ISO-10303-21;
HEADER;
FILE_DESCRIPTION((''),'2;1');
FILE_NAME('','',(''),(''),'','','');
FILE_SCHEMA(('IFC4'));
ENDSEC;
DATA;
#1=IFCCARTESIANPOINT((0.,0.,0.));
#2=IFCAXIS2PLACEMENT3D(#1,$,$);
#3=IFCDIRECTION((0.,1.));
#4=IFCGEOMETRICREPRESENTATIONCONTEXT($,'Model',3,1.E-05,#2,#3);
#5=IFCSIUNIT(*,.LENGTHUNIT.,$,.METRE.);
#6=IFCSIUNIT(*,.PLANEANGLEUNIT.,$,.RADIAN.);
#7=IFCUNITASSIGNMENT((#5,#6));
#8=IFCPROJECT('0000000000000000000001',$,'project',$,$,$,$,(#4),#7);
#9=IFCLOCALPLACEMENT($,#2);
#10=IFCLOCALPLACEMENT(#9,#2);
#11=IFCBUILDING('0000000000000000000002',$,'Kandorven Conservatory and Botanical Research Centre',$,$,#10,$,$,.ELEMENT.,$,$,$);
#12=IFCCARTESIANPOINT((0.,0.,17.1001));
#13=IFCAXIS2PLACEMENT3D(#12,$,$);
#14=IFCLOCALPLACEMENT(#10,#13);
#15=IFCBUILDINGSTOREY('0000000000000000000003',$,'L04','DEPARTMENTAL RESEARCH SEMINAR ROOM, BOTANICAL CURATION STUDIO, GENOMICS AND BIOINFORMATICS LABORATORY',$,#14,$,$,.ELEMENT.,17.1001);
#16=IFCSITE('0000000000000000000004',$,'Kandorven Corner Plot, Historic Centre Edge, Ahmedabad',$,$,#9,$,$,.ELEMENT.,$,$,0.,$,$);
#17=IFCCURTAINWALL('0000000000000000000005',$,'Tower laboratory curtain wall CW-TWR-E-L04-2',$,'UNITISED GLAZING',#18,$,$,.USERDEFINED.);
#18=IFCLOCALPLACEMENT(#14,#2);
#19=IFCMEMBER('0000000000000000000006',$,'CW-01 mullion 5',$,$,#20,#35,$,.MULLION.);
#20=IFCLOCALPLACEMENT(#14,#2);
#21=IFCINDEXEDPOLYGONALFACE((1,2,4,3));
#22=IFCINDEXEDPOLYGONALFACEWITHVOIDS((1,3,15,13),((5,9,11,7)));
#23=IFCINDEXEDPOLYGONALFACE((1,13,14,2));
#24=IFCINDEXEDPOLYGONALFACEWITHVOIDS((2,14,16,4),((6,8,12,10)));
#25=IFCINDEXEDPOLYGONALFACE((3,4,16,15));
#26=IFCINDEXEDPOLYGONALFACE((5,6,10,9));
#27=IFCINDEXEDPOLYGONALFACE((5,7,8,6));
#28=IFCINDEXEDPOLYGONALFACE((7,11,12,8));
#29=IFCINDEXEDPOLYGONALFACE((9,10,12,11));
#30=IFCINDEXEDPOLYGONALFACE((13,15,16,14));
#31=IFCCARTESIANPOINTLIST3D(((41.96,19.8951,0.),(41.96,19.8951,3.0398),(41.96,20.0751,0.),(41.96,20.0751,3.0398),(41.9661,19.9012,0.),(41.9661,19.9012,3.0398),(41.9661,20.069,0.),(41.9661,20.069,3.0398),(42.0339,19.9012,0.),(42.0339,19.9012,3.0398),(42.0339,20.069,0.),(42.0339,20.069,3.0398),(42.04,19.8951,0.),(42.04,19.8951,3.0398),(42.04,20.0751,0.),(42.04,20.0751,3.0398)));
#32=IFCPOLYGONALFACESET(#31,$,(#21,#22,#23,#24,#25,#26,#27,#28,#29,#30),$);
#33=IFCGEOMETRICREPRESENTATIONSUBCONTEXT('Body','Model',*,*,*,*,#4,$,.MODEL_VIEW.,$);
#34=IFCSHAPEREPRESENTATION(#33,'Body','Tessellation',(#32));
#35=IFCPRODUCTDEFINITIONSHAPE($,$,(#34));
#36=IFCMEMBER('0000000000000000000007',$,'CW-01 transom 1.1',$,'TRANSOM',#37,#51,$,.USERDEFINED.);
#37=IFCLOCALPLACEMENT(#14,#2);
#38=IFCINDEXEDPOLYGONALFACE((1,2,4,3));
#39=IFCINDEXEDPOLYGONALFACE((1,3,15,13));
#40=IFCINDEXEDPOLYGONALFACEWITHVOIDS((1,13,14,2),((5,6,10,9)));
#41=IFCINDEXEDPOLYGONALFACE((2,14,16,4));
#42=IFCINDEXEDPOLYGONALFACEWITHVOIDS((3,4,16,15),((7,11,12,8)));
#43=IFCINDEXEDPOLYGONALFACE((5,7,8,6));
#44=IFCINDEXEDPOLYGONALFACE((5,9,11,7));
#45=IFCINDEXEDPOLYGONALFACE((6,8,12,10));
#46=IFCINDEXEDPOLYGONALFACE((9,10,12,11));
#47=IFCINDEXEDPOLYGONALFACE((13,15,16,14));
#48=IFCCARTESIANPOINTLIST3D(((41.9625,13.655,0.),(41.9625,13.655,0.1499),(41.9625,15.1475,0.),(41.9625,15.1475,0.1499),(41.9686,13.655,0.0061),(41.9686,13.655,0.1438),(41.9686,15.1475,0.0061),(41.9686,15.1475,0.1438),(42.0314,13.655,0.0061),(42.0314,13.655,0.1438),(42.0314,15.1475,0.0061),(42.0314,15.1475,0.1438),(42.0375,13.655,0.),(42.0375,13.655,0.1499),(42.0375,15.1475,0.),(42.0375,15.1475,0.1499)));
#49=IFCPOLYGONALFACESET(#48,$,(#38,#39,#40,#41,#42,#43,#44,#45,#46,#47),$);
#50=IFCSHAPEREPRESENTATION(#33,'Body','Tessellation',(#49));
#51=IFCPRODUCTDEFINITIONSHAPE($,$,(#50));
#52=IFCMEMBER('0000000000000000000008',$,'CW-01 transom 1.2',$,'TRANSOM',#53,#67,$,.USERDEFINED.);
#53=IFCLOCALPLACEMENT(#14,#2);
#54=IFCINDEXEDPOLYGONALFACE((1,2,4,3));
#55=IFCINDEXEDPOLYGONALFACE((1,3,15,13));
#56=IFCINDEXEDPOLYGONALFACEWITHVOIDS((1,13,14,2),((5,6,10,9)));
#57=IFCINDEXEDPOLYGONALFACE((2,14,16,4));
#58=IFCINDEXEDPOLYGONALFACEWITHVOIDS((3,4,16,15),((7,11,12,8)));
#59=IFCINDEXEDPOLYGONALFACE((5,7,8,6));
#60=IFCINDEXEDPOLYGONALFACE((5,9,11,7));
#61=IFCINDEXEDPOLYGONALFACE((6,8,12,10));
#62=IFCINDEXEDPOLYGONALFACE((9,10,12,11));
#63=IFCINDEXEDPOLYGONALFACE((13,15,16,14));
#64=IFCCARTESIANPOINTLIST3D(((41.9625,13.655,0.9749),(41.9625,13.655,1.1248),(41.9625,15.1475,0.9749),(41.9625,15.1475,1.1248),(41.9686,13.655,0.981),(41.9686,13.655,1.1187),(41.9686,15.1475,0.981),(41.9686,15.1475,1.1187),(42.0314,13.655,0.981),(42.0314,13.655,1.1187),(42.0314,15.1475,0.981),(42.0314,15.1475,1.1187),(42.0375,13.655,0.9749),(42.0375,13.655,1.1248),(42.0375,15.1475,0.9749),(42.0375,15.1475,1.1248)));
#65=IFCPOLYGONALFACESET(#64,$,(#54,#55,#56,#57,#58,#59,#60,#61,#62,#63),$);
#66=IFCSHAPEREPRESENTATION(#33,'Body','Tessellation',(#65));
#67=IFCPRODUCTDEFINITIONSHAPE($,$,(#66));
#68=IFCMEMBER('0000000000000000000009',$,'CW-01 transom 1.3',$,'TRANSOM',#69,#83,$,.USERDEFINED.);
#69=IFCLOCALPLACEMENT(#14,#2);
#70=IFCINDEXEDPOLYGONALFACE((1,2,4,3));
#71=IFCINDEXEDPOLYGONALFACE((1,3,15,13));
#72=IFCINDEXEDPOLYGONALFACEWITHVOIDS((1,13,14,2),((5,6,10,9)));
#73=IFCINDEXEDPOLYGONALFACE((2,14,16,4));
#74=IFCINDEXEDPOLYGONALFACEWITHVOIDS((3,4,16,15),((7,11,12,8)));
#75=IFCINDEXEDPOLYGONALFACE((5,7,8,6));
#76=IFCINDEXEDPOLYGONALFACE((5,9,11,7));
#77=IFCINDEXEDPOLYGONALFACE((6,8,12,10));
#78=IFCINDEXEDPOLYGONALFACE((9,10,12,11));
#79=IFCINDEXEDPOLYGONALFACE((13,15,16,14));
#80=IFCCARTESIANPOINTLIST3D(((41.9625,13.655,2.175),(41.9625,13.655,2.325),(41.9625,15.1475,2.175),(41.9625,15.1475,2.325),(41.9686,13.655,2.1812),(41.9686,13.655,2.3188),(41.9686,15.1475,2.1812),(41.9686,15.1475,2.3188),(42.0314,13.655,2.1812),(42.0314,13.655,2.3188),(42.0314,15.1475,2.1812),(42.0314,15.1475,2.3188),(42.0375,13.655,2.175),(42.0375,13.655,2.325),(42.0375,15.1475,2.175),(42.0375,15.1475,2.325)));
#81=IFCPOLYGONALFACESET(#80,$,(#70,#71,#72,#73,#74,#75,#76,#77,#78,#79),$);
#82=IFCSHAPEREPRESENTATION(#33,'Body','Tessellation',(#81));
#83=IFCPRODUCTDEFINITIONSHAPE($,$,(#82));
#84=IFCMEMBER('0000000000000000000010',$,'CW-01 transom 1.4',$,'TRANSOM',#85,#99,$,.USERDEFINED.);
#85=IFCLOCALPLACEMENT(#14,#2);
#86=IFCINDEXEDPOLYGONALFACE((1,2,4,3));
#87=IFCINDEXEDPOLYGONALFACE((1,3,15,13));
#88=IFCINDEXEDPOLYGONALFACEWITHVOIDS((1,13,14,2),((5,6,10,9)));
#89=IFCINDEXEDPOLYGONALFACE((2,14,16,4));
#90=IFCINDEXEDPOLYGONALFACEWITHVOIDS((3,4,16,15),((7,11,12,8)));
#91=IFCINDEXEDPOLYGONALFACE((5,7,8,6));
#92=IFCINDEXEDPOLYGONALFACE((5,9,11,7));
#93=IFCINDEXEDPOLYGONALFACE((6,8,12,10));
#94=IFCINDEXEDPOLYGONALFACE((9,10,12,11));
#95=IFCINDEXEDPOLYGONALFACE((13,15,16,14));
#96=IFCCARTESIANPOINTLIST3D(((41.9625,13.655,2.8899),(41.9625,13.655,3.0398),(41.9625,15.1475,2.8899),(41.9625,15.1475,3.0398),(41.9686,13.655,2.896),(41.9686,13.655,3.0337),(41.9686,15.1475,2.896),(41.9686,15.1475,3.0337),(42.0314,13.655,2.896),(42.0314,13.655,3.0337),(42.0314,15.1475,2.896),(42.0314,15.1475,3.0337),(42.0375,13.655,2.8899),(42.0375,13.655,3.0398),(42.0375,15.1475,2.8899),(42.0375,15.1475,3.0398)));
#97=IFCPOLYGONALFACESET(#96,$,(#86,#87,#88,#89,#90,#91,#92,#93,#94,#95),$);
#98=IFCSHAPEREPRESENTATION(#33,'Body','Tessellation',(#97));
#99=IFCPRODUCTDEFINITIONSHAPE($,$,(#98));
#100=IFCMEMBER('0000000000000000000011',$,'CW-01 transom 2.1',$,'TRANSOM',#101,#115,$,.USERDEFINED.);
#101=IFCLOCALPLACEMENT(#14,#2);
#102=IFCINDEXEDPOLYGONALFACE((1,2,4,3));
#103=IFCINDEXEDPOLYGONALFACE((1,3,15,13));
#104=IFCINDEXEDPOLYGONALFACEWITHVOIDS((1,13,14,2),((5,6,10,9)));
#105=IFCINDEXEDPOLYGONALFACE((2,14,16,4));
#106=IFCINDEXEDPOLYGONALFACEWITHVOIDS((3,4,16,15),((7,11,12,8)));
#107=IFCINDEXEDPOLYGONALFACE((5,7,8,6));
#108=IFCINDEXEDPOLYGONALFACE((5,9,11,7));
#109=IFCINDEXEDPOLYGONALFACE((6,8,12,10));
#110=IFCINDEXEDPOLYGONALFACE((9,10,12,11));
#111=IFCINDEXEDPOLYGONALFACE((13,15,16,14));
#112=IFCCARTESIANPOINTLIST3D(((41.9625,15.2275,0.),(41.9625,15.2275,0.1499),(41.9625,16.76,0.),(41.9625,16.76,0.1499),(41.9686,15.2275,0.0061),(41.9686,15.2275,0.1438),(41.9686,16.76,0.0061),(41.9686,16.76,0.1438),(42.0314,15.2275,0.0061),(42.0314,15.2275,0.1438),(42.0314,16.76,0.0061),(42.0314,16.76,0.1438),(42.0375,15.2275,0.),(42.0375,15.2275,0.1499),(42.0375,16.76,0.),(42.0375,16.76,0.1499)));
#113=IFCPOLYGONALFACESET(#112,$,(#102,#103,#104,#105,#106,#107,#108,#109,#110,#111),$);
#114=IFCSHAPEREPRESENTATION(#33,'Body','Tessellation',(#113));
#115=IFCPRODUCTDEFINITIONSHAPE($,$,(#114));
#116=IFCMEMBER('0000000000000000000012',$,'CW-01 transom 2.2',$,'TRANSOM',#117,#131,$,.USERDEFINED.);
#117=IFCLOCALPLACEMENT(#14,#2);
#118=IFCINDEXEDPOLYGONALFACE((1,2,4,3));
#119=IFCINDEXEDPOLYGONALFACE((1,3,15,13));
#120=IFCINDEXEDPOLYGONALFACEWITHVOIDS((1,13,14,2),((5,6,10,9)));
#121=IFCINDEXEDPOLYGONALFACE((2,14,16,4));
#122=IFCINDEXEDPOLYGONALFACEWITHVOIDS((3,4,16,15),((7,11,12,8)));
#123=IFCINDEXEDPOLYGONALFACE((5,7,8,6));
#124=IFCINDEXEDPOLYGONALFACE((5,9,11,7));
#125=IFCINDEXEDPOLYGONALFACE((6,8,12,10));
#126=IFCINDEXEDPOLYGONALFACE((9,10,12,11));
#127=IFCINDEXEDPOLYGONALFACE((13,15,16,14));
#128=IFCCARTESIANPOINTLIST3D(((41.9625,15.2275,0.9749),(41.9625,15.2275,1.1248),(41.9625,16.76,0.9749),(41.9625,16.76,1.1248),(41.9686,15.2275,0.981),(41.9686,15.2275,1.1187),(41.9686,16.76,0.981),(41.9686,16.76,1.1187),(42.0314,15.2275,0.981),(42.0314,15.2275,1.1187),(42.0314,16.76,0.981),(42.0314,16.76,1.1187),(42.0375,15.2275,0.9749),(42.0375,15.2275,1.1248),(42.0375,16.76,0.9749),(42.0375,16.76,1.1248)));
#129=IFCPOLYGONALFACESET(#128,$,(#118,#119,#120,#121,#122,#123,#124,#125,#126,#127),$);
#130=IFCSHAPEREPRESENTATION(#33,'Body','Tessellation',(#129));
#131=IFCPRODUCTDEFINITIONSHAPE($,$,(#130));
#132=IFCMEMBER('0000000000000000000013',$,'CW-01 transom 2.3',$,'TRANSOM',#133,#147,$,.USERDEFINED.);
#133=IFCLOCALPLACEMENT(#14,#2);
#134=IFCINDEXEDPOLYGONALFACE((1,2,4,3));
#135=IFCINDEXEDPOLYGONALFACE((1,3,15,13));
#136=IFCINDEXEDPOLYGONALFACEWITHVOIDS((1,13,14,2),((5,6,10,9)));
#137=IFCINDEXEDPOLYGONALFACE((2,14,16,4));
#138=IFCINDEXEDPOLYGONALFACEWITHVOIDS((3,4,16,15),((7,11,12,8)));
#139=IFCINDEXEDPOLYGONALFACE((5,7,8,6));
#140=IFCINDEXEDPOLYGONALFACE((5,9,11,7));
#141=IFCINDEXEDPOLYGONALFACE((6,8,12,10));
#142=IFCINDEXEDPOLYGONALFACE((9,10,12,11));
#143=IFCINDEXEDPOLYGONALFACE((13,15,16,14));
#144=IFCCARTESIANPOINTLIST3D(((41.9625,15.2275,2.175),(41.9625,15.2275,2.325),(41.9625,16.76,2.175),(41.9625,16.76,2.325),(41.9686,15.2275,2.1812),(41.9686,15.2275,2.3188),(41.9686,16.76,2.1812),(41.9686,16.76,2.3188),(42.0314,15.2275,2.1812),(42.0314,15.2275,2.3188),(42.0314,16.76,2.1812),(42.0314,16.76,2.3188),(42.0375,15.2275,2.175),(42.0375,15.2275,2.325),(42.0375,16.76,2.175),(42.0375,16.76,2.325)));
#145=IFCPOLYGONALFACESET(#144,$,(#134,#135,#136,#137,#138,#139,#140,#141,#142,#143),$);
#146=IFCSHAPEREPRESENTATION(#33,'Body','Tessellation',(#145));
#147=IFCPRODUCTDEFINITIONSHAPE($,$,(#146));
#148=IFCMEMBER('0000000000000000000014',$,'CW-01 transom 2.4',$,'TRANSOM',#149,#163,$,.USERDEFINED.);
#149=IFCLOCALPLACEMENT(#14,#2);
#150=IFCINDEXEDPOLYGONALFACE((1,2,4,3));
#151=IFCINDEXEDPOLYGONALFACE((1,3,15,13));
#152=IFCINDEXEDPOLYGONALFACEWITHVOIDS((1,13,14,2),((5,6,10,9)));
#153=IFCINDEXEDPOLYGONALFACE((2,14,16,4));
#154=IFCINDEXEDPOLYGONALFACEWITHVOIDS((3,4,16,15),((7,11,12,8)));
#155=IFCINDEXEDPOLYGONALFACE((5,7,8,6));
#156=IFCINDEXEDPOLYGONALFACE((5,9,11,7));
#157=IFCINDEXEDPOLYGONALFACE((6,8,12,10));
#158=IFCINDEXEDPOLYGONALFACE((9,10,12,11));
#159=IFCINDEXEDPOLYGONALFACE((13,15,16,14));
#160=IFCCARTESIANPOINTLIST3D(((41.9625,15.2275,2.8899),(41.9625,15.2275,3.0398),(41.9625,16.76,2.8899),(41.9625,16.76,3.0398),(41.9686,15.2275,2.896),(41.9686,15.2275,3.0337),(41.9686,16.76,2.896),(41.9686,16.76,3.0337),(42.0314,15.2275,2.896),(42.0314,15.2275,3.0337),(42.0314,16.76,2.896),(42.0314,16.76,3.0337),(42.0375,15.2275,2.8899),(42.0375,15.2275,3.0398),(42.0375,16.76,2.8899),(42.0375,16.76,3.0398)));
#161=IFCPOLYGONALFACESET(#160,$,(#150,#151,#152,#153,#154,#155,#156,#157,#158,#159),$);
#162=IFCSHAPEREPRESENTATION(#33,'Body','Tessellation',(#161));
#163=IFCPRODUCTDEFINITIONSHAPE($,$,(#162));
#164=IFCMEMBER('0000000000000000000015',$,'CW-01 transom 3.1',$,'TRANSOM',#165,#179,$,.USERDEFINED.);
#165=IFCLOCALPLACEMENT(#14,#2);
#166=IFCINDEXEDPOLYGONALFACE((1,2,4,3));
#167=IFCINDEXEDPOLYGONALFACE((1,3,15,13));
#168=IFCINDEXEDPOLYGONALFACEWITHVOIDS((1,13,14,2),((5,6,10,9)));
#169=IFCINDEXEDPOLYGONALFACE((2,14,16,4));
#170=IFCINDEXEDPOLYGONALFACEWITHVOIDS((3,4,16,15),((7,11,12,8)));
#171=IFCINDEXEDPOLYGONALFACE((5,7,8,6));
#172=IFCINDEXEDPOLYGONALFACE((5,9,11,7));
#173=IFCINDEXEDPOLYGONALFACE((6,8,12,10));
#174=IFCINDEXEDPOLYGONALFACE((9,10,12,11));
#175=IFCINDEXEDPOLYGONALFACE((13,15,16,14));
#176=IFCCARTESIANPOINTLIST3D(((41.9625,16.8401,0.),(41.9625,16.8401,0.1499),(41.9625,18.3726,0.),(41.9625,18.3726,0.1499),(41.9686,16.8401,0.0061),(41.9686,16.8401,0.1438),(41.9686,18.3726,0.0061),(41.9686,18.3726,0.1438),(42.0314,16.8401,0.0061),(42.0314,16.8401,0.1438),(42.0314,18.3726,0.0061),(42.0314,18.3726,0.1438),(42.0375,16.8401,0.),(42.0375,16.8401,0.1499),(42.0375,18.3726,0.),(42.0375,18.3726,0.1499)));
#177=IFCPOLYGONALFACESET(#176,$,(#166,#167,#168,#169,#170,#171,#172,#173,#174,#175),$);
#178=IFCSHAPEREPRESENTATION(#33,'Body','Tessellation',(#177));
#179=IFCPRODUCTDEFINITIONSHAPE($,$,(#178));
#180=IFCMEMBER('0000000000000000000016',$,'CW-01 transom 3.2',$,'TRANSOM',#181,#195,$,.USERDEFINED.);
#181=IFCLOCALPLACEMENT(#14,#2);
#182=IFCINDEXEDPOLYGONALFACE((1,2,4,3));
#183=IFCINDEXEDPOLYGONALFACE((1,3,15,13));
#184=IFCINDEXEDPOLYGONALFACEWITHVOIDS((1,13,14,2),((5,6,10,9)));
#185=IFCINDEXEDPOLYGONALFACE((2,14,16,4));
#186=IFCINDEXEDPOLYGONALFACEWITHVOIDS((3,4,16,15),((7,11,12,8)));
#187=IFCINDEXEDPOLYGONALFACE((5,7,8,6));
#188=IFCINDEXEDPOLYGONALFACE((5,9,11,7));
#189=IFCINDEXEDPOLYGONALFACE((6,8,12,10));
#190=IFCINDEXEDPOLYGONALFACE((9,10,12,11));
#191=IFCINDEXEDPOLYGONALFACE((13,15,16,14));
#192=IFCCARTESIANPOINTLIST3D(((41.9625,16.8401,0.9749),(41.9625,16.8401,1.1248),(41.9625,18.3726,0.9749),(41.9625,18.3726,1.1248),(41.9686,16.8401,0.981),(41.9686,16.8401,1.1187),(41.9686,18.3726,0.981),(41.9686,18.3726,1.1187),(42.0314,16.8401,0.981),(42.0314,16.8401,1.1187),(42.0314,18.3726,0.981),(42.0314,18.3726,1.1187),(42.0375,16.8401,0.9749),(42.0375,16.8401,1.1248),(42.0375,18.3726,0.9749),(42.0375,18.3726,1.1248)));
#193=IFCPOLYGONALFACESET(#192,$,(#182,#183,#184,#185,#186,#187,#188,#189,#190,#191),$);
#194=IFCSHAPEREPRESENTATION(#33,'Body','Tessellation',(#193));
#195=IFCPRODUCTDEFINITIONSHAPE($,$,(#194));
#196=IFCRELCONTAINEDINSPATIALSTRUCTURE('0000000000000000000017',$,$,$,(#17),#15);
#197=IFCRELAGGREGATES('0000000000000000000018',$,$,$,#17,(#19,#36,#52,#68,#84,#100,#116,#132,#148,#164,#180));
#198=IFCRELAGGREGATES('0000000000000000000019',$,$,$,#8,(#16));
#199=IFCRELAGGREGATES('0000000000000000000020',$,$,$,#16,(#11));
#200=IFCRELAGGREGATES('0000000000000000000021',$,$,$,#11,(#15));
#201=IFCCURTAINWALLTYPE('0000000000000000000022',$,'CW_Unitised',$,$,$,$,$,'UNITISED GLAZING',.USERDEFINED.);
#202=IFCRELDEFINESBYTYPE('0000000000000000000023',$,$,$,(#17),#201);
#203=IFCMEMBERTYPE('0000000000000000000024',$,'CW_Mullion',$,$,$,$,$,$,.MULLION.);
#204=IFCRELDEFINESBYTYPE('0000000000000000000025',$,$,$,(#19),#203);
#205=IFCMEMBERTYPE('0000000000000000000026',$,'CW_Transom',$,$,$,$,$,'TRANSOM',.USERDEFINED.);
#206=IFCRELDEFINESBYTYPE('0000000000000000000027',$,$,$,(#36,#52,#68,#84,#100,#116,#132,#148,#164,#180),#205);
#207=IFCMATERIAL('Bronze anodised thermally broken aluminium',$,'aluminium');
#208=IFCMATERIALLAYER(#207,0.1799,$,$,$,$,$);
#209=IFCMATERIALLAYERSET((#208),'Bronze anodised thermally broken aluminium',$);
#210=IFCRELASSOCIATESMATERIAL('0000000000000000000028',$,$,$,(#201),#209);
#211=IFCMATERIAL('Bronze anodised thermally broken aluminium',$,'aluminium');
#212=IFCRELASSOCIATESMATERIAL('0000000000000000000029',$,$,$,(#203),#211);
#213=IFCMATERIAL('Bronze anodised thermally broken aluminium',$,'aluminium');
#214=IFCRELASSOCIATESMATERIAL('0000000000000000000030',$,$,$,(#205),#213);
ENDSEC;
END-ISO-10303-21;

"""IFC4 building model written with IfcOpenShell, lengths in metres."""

from ifc_helpers import new_model, si_unit, direction, frame, origin, origin_2d, place, context, subcontext, project, spatial, hollow_rectangle, extrude, material, layer, layer_set, material_profile, profile_set, type_object, element, aggregate, save


model = new_model("IFC4")

# Units and contexts
model_context = context("Model", 3, precision=1e-05, world=origin(), true_north=direction((0.0, 1.0)))
body_context = subcontext(model_context, "Body", "Model", "MODEL_VIEW")
ifc_project = project(units=[si_unit("LENGTHUNIT", "METRE"), si_unit("PLANEANGLEUNIT", "RADIAN")], contexts=[model_context])

# Site, building, storey
site_placement = place(None, origin())
site = spatial("IfcSite", under=ifc_project, at=site_placement, Name="Kandorven Corner Plot, Historic Centre Edge, Ahmedabad", CompositionType="ELEMENT", RefElevation=0.0)
building_placement = place(site_placement, origin())
building = spatial("IfcBuilding", under=site, at=building_placement, Name="Kandorven Conservatory and Botanical Research Centre", CompositionType="ELEMENT")
storey_placement = place(building_placement, frame((0.0, 0.0, 17.1001)))
storey = spatial("IfcBuildingStorey", under=building, at=storey_placement, Name="L04", Description="DEPARTMENTAL RESEARCH SEMINAR ROOM, BOTANICAL CURATION STUDIO, GENOMICS AND BIOINFORMATICS LABORATORY", CompositionType="ELEMENT", Elevation=17.1001)

# Curtain wall, members
ifc_material_1 = material(Name="Bronze anodised thermally broken aluminium", Category="aluminium")
ifc_layer_1 = layer(ifc_material_1, 0.1799)
ifc_layer_set_1 = layer_set([ifc_layer_1], Name="Bronze anodised thermally broken aluminium")
curtain_wall_type = type_object("IfcCurtainWallType", Name="CW_Unitised", ElementType="UNITISED GLAZING", PredefinedType="USERDEFINED", material=ifc_layer_set_1)
curtain_wall_placement = place(storey_placement, origin())
curtain_wall = element("IfcCurtainWall", 1, at=curtain_wall_placement, inside=storey, type_object=curtain_wall_type, Name="Tower laboratory curtain wall CW-TWR-E-L04-2", ObjectType="UNITISED GLAZING", PredefinedType="USERDEFINED")
ifc_material_2 = material(Name="Bronze anodised thermally broken aluminium", Category="aluminium")
ifc_material_profile_1 = material_profile(ifc_material_2, hollow_rectangle(XDim=0.0801, YDim=0.1799, WallThickness=0.0061, at=origin_2d()))
ifc_profile_set_1 = profile_set([ifc_material_profile_1], Name="Bronze anodised thermally broken aluminium")
member_type_1 = type_object("IfcMemberType", Name="CW_Mullion", PredefinedType="MULLION", material=ifc_profile_set_1)
member_1_placement = place(storey_placement, frame((42.0, 19.9851, 0.0), z_axis=(0.0, 0.0, 1.0), x_axis=(-1.0, 0.0, 0.0)))
member_1 = element("IfcMember", 2, at=member_1_placement, type_object=member_type_1, Name="CW-01 mullion 5", PredefinedType="MULLION", context=body_context, shape_type="SweptSolid", body=[
    extrude(hollow_rectangle(XDim=0.0801, YDim=0.1799, WallThickness=0.0061, at=origin_2d()), origin(), (0.0, 0.0, 1.0), 3.0398),
])
ifc_material_3 = material(Name="Bronze anodised thermally broken aluminium", Category="aluminium")
ifc_material_profile_2 = material_profile(ifc_material_3, hollow_rectangle(XDim=0.075, YDim=0.1499, WallThickness=0.0061, at=origin_2d()))
ifc_profile_set_2 = profile_set([ifc_material_profile_2], Name="Bronze anodised thermally broken aluminium")
member_type_2 = type_object("IfcMemberType", Name="CW_Transom", ElementType="TRANSOM", PredefinedType="USERDEFINED", material=ifc_profile_set_2)
member_2_placement = place(storey_placement, frame((42.0, 13.655, 0.075), z_axis=(0.0, 1.0, 0.0), x_axis=(-1.0, 0.0, 0.0)))
member_2 = element("IfcMember", 3, at=member_2_placement, type_object=member_type_2, Name="CW-01 transom 1.1", ObjectType="TRANSOM", PredefinedType="USERDEFINED", context=body_context, shape_type="SweptSolid", body=[
    extrude(hollow_rectangle(XDim=0.075, YDim=0.1499, WallThickness=0.0061, at=origin_2d()), origin(), (0.0, 0.0, 1.0), 1.4924),
])
member_3_placement = place(storey_placement, frame((42.0, 13.655, 1.0498), z_axis=(0.0, 1.0, 0.0), x_axis=(-1.0, 0.0, 0.0)))
member_3 = element("IfcMember", 4, at=member_3_placement, type_object=member_type_2, Name="CW-01 transom 1.2", ObjectType="TRANSOM", PredefinedType="USERDEFINED", context=body_context, shape_type="SweptSolid", body=[
    extrude(hollow_rectangle(XDim=0.075, YDim=0.1499, WallThickness=0.0061, at=origin_2d()), origin(), (0.0, 0.0, 1.0), 1.4924),
])
member_4_placement = place(storey_placement, frame((42.0, 13.655, 2.25), z_axis=(0.0, 1.0, 0.0), x_axis=(-1.0, 0.0, 0.0)))
member_4 = element("IfcMember", 5, at=member_4_placement, type_object=member_type_2, Name="CW-01 transom 1.3", ObjectType="TRANSOM", PredefinedType="USERDEFINED", context=body_context, shape_type="SweptSolid", body=[
    extrude(hollow_rectangle(XDim=0.075, YDim=0.1499, WallThickness=0.0061, at=origin_2d()), origin(), (0.0, 0.0, 1.0), 1.4924),
])
member_5_placement = place(storey_placement, frame((42.0, 13.655, 2.9648), z_axis=(0.0, 1.0, 0.0), x_axis=(-1.0, 0.0, 0.0)))
member_5 = element("IfcMember", 6, at=member_5_placement, type_object=member_type_2, Name="CW-01 transom 1.4", ObjectType="TRANSOM", PredefinedType="USERDEFINED", context=body_context, shape_type="SweptSolid", body=[
    extrude(hollow_rectangle(XDim=0.075, YDim=0.1499, WallThickness=0.0061, at=origin_2d()), origin(), (0.0, 0.0, 1.0), 1.4924),
])
member_6_placement = place(storey_placement, frame((42.0, 15.2275, 0.075), z_axis=(0.0, 1.0, 0.0), x_axis=(-1.0, 0.0, 0.0)))
member_6 = element("IfcMember", 7, at=member_6_placement, type_object=member_type_2, Name="CW-01 transom 2.1", ObjectType="TRANSOM", PredefinedType="USERDEFINED", context=body_context, shape_type="SweptSolid", body=[
    extrude(hollow_rectangle(XDim=0.075, YDim=0.1499, WallThickness=0.0061, at=origin_2d()), origin(), (0.0, 0.0, 1.0), 1.5325),
])
member_7_placement = place(storey_placement, frame((42.0, 15.2275, 1.0498), z_axis=(0.0, 1.0, 0.0), x_axis=(-1.0, 0.0, 0.0)))
member_7 = element("IfcMember", 8, at=member_7_placement, type_object=member_type_2, Name="CW-01 transom 2.2", ObjectType="TRANSOM", PredefinedType="USERDEFINED", context=body_context, shape_type="SweptSolid", body=[
    extrude(hollow_rectangle(XDim=0.075, YDim=0.1499, WallThickness=0.0061, at=origin_2d()), origin(), (0.0, 0.0, 1.0), 1.5325),
])
member_8_placement = place(storey_placement, frame((42.0, 15.2275, 2.25), z_axis=(0.0, 1.0, 0.0), x_axis=(-1.0, 0.0, 0.0)))
member_8 = element("IfcMember", 9, at=member_8_placement, type_object=member_type_2, Name="CW-01 transom 2.3", ObjectType="TRANSOM", PredefinedType="USERDEFINED", context=body_context, shape_type="SweptSolid", body=[
    extrude(hollow_rectangle(XDim=0.075, YDim=0.1499, WallThickness=0.0061, at=origin_2d()), origin(), (0.0, 0.0, 1.0), 1.5325),
])
member_9_placement = place(storey_placement, frame((42.0, 15.2275, 2.9648), z_axis=(0.0, 1.0, 0.0), x_axis=(-1.0, 0.0, 0.0)))
member_9 = element("IfcMember", 10, at=member_9_placement, type_object=member_type_2, Name="CW-01 transom 2.4", ObjectType="TRANSOM", PredefinedType="USERDEFINED", context=body_context, shape_type="SweptSolid", body=[
    extrude(hollow_rectangle(XDim=0.075, YDim=0.1499, WallThickness=0.0061, at=origin_2d()), origin(), (0.0, 0.0, 1.0), 1.5325),
])
member_10_placement = place(storey_placement, frame((42.0, 16.8401, 0.075), z_axis=(0.0, 1.0, 0.0), x_axis=(-1.0, 0.0, 0.0)))
member_10 = element("IfcMember", 11, at=member_10_placement, type_object=member_type_2, Name="CW-01 transom 3.1", ObjectType="TRANSOM", PredefinedType="USERDEFINED", context=body_context, shape_type="SweptSolid", body=[
    extrude(hollow_rectangle(XDim=0.075, YDim=0.1499, WallThickness=0.0061, at=origin_2d()), origin(), (0.0, 0.0, 1.0), 1.5325),
])
member_11_placement = place(storey_placement, frame((42.0, 16.8401, 1.0498), z_axis=(0.0, 1.0, 0.0), x_axis=(-1.0, 0.0, 0.0)))
member_11 = element("IfcMember", 12, at=member_11_placement, type_object=member_type_2, Name="CW-01 transom 3.2", ObjectType="TRANSOM", PredefinedType="USERDEFINED", context=body_context, shape_type="SweptSolid", body=[
    extrude(hollow_rectangle(XDim=0.075, YDim=0.1499, WallThickness=0.0061, at=origin_2d()), origin(), (0.0, 0.0, 1.0), 1.5325),
])

aggregate(curtain_wall, [member_1, member_2, member_3, member_4, member_5, member_6, member_7, member_8, member_9, member_10, member_11])

save(model, "model.ifc")
